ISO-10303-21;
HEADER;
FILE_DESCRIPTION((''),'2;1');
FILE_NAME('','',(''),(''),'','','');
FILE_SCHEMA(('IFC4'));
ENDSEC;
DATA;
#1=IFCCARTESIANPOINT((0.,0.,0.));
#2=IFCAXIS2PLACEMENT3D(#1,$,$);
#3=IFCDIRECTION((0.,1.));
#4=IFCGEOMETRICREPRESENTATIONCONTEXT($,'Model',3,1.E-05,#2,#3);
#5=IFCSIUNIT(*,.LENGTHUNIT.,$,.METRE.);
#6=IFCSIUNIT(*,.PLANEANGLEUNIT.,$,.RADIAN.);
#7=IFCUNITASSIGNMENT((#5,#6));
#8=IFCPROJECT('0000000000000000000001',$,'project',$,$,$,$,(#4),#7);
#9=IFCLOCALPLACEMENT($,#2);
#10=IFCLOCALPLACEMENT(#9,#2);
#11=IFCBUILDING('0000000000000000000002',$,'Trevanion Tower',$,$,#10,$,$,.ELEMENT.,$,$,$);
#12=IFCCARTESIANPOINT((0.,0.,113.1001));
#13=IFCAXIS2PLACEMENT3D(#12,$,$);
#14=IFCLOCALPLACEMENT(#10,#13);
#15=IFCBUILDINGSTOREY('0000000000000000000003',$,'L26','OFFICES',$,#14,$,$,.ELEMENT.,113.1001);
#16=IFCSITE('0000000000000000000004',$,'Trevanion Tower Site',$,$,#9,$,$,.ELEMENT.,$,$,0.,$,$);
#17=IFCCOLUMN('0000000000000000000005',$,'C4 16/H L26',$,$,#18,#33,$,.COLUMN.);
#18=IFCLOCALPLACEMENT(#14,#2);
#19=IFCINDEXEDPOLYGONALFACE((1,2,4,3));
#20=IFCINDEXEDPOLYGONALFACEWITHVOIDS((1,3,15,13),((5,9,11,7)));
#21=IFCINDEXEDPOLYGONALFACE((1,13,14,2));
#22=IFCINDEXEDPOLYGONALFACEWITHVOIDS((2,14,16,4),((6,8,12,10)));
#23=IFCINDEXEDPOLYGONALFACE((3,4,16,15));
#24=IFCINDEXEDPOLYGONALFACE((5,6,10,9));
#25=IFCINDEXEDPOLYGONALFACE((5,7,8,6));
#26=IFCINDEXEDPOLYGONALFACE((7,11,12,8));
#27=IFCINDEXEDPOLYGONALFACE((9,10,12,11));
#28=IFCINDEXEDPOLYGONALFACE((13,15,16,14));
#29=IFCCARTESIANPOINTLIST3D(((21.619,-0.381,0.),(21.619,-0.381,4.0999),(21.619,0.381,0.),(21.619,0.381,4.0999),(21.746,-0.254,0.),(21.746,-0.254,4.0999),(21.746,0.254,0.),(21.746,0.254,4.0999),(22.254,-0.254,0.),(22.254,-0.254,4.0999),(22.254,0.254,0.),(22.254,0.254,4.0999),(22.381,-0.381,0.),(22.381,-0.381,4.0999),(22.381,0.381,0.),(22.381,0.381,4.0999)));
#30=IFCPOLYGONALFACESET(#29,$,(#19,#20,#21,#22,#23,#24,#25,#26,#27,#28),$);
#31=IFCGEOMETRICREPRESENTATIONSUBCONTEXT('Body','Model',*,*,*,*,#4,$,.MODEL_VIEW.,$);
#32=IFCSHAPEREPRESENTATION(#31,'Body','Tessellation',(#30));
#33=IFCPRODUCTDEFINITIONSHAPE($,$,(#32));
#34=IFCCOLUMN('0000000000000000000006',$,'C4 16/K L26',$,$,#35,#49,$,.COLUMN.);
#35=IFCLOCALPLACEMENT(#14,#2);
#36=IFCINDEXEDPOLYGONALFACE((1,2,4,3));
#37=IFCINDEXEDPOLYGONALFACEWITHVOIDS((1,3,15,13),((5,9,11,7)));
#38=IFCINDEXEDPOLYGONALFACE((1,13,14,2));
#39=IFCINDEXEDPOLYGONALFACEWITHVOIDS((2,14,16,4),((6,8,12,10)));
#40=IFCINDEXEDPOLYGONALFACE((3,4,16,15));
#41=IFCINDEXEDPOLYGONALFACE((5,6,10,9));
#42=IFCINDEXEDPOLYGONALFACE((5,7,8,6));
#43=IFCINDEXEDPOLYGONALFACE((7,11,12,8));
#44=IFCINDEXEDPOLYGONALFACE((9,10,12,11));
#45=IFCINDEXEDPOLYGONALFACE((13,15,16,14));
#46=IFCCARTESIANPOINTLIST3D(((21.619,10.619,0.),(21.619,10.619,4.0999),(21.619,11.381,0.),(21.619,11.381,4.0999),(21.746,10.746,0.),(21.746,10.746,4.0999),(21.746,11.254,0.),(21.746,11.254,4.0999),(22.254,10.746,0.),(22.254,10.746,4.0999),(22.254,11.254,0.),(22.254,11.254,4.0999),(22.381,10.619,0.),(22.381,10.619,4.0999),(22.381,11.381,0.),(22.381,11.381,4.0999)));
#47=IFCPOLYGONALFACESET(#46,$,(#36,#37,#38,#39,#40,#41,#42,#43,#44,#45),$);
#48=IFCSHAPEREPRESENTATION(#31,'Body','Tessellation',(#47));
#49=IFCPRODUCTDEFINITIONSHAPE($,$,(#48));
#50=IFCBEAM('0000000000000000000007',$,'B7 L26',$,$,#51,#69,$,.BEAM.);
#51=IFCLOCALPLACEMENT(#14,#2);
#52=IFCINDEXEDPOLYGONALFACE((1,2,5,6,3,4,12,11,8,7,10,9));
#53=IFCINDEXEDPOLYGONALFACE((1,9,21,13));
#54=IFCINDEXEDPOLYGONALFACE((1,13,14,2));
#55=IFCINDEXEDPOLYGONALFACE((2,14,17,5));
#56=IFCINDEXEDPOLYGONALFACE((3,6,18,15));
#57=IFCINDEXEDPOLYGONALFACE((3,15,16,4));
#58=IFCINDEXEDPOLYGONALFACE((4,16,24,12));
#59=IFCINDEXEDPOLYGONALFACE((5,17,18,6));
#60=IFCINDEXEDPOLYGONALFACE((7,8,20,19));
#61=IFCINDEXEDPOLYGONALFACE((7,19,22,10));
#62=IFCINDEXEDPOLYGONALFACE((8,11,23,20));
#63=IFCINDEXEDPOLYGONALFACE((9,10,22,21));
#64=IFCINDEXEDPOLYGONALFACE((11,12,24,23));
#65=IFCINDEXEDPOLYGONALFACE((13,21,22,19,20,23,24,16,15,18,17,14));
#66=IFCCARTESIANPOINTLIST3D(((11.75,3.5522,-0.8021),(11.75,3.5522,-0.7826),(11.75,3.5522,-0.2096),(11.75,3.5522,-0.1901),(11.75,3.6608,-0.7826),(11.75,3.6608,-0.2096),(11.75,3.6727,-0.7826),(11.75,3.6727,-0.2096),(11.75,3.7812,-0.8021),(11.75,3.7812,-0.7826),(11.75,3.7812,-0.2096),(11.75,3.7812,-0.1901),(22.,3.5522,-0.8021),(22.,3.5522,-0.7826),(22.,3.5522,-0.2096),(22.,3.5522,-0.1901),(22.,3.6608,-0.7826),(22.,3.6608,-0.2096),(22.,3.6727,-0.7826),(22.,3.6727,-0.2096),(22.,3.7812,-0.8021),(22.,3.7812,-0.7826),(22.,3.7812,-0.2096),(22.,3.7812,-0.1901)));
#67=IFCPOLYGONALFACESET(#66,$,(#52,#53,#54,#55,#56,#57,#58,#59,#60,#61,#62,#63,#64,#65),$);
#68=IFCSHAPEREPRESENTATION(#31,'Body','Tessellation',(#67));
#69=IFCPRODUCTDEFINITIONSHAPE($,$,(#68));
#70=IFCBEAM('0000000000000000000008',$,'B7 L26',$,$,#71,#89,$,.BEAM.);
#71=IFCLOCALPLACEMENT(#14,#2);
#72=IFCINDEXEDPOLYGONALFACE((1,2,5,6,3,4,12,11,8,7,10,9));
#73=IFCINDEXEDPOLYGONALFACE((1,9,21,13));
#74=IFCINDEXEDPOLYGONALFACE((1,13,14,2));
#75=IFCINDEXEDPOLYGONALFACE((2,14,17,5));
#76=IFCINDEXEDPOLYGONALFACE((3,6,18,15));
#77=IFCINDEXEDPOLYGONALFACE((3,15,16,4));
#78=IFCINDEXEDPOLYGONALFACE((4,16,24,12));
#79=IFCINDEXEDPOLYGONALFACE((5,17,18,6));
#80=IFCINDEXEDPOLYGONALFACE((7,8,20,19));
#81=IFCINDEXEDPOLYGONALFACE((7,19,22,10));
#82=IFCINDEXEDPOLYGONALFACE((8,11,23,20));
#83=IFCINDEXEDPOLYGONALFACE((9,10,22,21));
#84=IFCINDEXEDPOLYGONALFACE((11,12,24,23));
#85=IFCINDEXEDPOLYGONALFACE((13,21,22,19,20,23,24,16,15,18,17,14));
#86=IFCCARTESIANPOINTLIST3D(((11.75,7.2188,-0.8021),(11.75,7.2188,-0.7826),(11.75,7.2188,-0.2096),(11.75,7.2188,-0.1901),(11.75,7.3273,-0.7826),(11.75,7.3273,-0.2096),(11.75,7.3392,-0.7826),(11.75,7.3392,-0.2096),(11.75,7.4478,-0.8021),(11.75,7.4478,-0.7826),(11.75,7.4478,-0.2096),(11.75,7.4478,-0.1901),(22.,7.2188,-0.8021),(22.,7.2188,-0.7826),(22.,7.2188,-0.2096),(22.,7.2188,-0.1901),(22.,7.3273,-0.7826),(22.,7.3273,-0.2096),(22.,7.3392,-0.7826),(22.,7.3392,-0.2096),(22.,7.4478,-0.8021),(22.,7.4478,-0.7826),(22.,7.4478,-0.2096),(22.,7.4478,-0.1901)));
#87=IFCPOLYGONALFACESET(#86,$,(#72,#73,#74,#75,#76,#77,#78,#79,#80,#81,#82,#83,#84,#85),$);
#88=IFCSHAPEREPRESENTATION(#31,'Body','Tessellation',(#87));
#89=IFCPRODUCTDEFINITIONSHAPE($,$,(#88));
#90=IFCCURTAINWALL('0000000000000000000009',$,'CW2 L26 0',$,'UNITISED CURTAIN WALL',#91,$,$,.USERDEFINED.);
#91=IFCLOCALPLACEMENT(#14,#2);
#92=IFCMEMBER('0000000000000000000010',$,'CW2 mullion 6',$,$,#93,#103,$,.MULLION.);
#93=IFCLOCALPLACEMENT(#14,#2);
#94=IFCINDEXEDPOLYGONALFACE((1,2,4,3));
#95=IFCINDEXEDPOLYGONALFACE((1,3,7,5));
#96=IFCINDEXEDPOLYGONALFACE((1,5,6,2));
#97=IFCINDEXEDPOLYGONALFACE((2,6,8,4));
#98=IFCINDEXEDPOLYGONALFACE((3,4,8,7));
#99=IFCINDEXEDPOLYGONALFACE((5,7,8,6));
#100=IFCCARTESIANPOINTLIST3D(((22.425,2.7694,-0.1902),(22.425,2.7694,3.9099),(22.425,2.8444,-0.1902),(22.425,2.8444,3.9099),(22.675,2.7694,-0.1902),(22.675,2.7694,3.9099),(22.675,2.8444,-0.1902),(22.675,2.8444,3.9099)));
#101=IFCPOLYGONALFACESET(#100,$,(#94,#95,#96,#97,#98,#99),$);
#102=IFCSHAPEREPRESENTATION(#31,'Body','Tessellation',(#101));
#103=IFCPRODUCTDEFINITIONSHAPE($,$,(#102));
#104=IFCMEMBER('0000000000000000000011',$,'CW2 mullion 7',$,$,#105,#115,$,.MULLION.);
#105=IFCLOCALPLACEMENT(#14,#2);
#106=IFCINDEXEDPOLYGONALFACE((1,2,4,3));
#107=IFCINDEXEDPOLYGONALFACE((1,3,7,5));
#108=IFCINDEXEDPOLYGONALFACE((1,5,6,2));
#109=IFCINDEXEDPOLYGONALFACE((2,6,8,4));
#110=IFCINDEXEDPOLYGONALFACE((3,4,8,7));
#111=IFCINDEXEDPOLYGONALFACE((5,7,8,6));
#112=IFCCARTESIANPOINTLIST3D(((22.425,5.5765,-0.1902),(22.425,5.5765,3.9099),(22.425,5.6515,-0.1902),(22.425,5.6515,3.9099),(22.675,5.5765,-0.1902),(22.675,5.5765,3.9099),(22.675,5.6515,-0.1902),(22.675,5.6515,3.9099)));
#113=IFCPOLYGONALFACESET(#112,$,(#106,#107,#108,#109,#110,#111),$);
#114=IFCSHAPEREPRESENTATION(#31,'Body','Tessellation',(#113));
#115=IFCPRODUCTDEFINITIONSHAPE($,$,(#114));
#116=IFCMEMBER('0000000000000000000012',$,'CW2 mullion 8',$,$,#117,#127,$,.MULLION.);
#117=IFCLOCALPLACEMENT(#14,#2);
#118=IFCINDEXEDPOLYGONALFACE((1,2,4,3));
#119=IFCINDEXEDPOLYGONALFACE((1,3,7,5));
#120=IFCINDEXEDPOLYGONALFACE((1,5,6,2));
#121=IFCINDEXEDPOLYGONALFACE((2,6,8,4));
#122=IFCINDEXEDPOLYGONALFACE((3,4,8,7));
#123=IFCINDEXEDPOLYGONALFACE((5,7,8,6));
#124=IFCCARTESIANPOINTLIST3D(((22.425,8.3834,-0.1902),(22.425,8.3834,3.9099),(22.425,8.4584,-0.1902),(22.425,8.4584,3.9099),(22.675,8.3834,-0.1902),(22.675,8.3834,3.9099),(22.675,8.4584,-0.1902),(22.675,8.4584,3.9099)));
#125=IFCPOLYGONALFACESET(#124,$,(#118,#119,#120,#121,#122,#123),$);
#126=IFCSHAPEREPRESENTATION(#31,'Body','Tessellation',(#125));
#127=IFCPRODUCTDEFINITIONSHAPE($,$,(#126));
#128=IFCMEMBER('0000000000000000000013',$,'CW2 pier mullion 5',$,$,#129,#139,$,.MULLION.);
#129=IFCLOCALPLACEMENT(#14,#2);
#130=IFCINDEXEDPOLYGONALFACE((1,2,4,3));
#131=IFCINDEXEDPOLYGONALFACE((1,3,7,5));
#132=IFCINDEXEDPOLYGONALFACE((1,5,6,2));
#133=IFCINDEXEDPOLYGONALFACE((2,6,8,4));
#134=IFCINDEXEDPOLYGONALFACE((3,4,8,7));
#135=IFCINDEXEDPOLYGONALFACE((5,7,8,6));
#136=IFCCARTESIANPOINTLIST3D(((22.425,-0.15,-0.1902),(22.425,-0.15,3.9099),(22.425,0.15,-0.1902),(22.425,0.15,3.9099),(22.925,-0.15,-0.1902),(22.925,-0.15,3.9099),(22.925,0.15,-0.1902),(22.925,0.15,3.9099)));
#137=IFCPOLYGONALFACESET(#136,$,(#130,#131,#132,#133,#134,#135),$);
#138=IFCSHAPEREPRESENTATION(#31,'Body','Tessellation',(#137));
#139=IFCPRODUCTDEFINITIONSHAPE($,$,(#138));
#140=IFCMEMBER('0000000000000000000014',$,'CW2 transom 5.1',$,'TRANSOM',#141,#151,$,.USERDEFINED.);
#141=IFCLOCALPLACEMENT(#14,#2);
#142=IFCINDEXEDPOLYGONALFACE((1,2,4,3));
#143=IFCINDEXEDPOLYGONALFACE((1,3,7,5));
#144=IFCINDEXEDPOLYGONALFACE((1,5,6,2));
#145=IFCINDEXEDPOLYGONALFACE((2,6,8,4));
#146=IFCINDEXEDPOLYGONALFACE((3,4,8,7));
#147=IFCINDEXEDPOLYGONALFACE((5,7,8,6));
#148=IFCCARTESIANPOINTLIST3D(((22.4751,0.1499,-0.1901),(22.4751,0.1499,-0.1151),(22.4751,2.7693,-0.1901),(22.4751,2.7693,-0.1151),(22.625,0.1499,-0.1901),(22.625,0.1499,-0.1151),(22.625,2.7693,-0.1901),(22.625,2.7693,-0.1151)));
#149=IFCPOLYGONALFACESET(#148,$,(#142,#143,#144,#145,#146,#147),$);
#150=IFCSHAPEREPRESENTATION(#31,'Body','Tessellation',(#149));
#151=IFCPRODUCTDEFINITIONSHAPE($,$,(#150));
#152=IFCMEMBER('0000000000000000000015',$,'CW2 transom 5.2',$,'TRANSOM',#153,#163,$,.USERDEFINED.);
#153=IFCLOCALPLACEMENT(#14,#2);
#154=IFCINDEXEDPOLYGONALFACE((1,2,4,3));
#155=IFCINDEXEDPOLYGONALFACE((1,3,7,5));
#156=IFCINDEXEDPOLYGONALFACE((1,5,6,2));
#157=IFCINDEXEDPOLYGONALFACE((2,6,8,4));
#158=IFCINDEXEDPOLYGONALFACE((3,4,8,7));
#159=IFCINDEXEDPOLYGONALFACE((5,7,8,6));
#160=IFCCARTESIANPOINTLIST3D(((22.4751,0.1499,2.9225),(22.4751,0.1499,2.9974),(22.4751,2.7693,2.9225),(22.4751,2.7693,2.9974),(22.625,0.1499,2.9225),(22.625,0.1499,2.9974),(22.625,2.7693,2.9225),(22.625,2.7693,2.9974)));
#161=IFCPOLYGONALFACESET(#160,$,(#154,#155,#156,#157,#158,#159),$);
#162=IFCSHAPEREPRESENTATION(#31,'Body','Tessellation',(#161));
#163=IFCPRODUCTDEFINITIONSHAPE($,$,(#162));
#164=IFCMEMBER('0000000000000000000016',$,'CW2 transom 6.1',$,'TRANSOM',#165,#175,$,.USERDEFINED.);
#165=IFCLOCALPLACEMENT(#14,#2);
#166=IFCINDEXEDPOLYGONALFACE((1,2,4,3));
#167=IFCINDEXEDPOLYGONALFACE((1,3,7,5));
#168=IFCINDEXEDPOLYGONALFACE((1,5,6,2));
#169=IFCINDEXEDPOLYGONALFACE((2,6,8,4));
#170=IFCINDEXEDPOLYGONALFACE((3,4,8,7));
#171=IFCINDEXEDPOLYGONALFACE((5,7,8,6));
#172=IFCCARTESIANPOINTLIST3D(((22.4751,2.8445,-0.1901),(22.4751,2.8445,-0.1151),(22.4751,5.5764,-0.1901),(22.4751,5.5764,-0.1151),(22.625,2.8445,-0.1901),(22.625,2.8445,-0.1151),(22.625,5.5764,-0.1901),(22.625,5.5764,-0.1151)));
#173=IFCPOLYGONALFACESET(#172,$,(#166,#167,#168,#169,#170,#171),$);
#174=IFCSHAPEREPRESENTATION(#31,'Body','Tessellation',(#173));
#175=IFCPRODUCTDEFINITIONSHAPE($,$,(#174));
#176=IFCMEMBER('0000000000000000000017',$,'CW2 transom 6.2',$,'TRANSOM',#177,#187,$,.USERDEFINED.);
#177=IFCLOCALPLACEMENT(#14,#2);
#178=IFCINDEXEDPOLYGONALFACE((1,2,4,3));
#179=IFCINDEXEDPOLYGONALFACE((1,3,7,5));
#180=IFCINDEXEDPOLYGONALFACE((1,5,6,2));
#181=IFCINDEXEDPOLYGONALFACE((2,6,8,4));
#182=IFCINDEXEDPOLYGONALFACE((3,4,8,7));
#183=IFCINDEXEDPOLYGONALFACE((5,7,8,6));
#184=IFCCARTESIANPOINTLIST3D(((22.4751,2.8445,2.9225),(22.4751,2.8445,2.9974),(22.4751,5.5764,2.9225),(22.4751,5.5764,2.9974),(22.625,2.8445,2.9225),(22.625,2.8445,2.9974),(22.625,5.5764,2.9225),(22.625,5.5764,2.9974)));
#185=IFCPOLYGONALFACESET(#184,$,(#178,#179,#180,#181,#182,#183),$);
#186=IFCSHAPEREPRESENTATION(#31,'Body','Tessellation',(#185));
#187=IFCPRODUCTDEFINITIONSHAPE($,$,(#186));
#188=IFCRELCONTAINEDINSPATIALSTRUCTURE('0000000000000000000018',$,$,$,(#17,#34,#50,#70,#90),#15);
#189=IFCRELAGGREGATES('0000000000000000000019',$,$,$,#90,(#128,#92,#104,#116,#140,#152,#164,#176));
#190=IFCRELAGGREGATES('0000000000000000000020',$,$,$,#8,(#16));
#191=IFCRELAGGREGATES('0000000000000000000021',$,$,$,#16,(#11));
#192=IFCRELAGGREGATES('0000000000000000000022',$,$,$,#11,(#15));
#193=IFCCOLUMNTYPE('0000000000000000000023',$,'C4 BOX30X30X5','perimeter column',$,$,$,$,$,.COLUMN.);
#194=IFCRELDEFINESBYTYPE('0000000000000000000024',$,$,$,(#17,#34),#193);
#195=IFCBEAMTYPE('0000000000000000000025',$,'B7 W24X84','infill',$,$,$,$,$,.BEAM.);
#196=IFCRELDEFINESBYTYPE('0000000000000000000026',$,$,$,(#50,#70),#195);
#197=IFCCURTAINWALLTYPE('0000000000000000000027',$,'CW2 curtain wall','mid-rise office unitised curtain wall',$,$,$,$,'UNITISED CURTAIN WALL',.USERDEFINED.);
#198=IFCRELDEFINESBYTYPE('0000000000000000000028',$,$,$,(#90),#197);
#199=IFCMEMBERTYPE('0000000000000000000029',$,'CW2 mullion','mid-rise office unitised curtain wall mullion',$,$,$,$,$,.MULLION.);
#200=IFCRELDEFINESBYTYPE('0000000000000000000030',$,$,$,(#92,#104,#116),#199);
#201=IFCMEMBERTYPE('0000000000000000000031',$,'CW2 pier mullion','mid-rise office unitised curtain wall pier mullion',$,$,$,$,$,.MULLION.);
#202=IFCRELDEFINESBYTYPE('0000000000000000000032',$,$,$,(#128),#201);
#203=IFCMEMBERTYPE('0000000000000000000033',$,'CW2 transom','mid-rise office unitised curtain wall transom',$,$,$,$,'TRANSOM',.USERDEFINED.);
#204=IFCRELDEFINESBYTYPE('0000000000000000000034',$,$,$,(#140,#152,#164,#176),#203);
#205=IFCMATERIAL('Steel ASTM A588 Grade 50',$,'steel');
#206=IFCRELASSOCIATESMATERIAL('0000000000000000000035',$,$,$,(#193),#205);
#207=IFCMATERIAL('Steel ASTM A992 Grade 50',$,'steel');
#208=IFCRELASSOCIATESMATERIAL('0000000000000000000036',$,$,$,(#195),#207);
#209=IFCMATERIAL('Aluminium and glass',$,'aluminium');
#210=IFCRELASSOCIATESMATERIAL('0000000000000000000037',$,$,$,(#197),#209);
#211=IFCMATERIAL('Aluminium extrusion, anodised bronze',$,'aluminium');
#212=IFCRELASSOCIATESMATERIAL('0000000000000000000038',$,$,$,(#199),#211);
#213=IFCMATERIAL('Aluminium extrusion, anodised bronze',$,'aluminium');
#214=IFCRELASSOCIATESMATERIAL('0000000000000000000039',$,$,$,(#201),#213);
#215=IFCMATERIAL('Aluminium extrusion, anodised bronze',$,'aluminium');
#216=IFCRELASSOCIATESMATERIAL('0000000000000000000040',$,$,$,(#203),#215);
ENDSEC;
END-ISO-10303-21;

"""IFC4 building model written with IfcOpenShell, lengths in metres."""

from ifc_helpers import new_model, si_unit, direction, frame, origin, origin_2d, place, context, subcontext, project, spatial, rectangle, hollow_rectangle, i_section, extrude, material, material_profile, profile_set, type_object, element, aggregate, save


model = new_model("IFC4")

# Units and contexts
model_context = context("Model", 3, precision=1e-05, world=origin(), true_north=direction((0.0, 1.0)))
body_context = subcontext(model_context, "Body", "Model", "MODEL_VIEW")
ifc_project = project(units=[si_unit("LENGTHUNIT", "METRE"), si_unit("PLANEANGLEUNIT", "RADIAN")], contexts=[model_context])

# Site, building, storey
site_placement = place(None, origin())
site = spatial("IfcSite", under=ifc_project, at=site_placement, Name="Trevanion Tower Site", CompositionType="ELEMENT", RefElevation=0.0)
building_placement = place(site_placement, origin())
building = spatial("IfcBuilding", under=site, at=building_placement, Name="Trevanion Tower", CompositionType="ELEMENT")
storey_placement = place(building_placement, frame((0.0, 0.0, 113.1001)))
storey = spatial("IfcBuildingStorey", under=building, at=storey_placement, Name="L26", Description="OFFICES", CompositionType="ELEMENT", Elevation=113.1001)

# Columns
ifc_material_1 = material(Name="Steel ASTM A588 Grade 50", Category="steel")
ifc_material_profile_1 = material_profile(ifc_material_1, hollow_rectangle(XDim=0.762, YDim=0.762, WallThickness=0.127, at=origin_2d()), Name="BOX30X30X5")
ifc_profile_set_1 = profile_set([ifc_material_profile_1], Name="Steel ASTM A588 Grade 50")
column_type = type_object("IfcColumnType", Name="C4 BOX30X30X5", Description="perimeter column", PredefinedType="COLUMN", material=ifc_profile_set_1)
for number, where, z_axis, x_axis, name in (
    (1, (22.0, 0.0, 0.0), (0.0, 0.0, 1.0), (0.0, 1.0, 0.0), "C4 16/H L26"),
    (2, (22.0, 11.0, 0.0), (0.0, 0.0, 1.0), (0.0, 1.0, 0.0), "C4 16/K L26"),
):
    element("IfcColumn", number, at=place(storey_placement, frame(where, z_axis=z_axis, x_axis=x_axis)), inside=storey, type_object=column_type, Name=name, PredefinedType="COLUMN", context=body_context, shape_type="SweptSolid", body=[
        extrude(hollow_rectangle(XDim=0.762, YDim=0.762, WallThickness=0.127, at=origin_2d()), origin(), (0.0, 0.0, 1.0), 4.0999),
    ])

# Beams
ifc_material_2 = material(Name="Steel ASTM A992 Grade 50", Category="steel")
ifc_material_profile_2 = material_profile(ifc_material_2, i_section(OverallWidth=0.229, OverallDepth=0.6121, WebThickness=0.012, FlangeThickness=0.0195, at=origin_2d()), Name="W24X84")
ifc_profile_set_2 = profile_set([ifc_material_profile_2], Name="Steel ASTM A992 Grade 50")
beam_type_1 = type_object("IfcBeamType", Name="B7 W24X84", Description="infill", PredefinedType="BEAM", material=ifc_profile_set_2)
for number, where, z_axis, x_axis, name in (
    (3, (11.75, 3.6667, -0.4961), (1.0, 0.0, 0.0), (0.0, 1.0, 0.0), "B7 L26"),
    (4, (11.75, 7.3333, -0.4961), (1.0, 0.0, 0.0), (0.0, 1.0, 0.0), "B7 L26"),
):
    element("IfcBeam", number, at=place(storey_placement, frame(where, z_axis=z_axis, x_axis=x_axis)), inside=storey, type_object=beam_type_1, Name=name, PredefinedType="BEAM", context=body_context, shape_type="SweptSolid", body=[
        extrude(i_section(OverallWidth=0.229, OverallDepth=0.6121, WebThickness=0.012, FlangeThickness=0.0195, at=origin_2d()), origin(), (0.0, 0.0, 1.0), 10.25),
    ])

# Curtain wall, members
ifc_material_3 = material(Name="Aluminium and glass", Category="aluminium")
curtain_wall_type = type_object("IfcCurtainWallType", Name="CW2 curtain wall", Description="mid-rise office unitised curtain wall", ElementType="UNITISED CURTAIN WALL", PredefinedType="USERDEFINED", material=ifc_material_3)
curtain_wall_placement = place(storey_placement, origin())
curtain_wall = element("IfcCurtainWall", 5, at=curtain_wall_placement, inside=storey, type_object=curtain_wall_type, Name="CW2 L26 0", ObjectType="UNITISED CURTAIN WALL", PredefinedType="USERDEFINED")
ifc_material_4 = material(Name="Aluminium extrusion, anodised bronze", Category="aluminium")
ifc_material_profile_3 = material_profile(ifc_material_4, rectangle(XDim=0.075, YDim=0.25, at=origin_2d()), Name="CW2 mullion")
ifc_profile_set_3 = profile_set([ifc_material_profile_3], Name="Aluminium extrusion, anodised bronze")
member_type_1 = type_object("IfcMemberType", Name="CW2 mullion", Description="mid-rise office unitised curtain wall mullion", PredefinedType="MULLION", material=ifc_profile_set_3)
member_1_placement = place(storey_placement, frame((22.55, 2.8069, -0.1902), z_axis=(0.0, 0.0, 1.0), x_axis=(0.0, 1.0, 0.0)))
member_1 = element("IfcMember", 6, at=member_1_placement, type_object=member_type_1, Name="CW2 mullion 6", PredefinedType="MULLION", context=body_context, shape_type="SweptSolid", body=[
    extrude(rectangle(XDim=0.075, YDim=0.25, at=origin_2d()), origin(), (0.0, 0.0, 1.0), 4.1001),
])
member_2_placement = place(storey_placement, frame((22.55, 5.614, -0.1902), z_axis=(0.0, 0.0, 1.0), x_axis=(0.0, 1.0, 0.0)))
member_2 = element("IfcMember", 7, at=member_2_placement, type_object=member_type_1, Name="CW2 mullion 7", PredefinedType="MULLION", context=body_context, shape_type="SweptSolid", body=[
    extrude(rectangle(XDim=0.075, YDim=0.25, at=origin_2d()), origin(), (0.0, 0.0, 1.0), 4.1001),
])
member_3_placement = place(storey_placement, frame((22.55, 8.4209, -0.1902), z_axis=(0.0, 0.0, 1.0), x_axis=(0.0, 1.0, 0.0)))
member_3 = element("IfcMember", 8, at=member_3_placement, type_object=member_type_1, Name="CW2 mullion 8", PredefinedType="MULLION", context=body_context, shape_type="SweptSolid", body=[
    extrude(rectangle(XDim=0.075, YDim=0.25, at=origin_2d()), origin(), (0.0, 0.0, 1.0), 4.1001),
])
ifc_material_5 = material(Name="Aluminium extrusion, anodised bronze", Category="aluminium")
ifc_material_profile_4 = material_profile(ifc_material_5, rectangle(XDim=0.3, YDim=0.5, at=origin_2d()), Name="CW2 pier mullion")
ifc_profile_set_4 = profile_set([ifc_material_profile_4], Name="Aluminium extrusion, anodised bronze")
member_type_2 = type_object("IfcMemberType", Name="CW2 pier mullion", Description="mid-rise office unitised curtain wall pier mullion", PredefinedType="MULLION", material=ifc_profile_set_4)
member_4_placement = place(storey_placement, frame((22.675, 0.0, -0.1902), z_axis=(0.0, 0.0, 1.0), x_axis=(0.0, 1.0, 0.0)))
member_4 = element("IfcMember", 9, at=member_4_placement, type_object=member_type_2, Name="CW2 pier mullion 5", PredefinedType="MULLION", context=body_context, shape_type="SweptSolid", body=[
    extrude(rectangle(XDim=0.3, YDim=0.5, at=origin_2d()), origin(), (0.0, 0.0, 1.0), 4.1001),
])
ifc_material_6 = material(Name="Aluminium extrusion, anodised bronze", Category="aluminium")
ifc_material_profile_5 = material_profile(ifc_material_6, rectangle(XDim=0.1499, YDim=0.075, at=origin_2d()), Name="CW2 transom")
ifc_profile_set_5 = profile_set([ifc_material_profile_5], Name="Aluminium extrusion, anodised bronze")
member_type_3 = type_object("IfcMemberType", Name="CW2 transom", Description="mid-rise office unitised curtain wall transom", ElementType="TRANSOM", PredefinedType="USERDEFINED", material=ifc_profile_set_5)
member_5_placement = place(storey_placement, frame((22.55, 0.1499, -0.1526), z_axis=(0.0, 1.0, 0.0), x_axis=(-1.0, 0.0, 0.0)))
member_5 = element("IfcMember", 10, at=member_5_placement, type_object=member_type_3, Name="CW2 transom 5.1", ObjectType="TRANSOM", PredefinedType="USERDEFINED", context=body_context, shape_type="SweptSolid", body=[
    extrude(rectangle(XDim=0.1499, YDim=0.075, at=origin_2d()), origin(), (0.0, 0.0, 1.0), 2.6194),
])
member_6_placement = place(storey_placement, frame((22.55, 0.1499, 2.96), z_axis=(0.0, 1.0, 0.0), x_axis=(-1.0, 0.0, 0.0)))
member_6 = element("IfcMember", 11, at=member_6_placement, type_object=member_type_3, Name="CW2 transom 5.2", ObjectType="TRANSOM", PredefinedType="USERDEFINED", context=body_context, shape_type="SweptSolid", body=[
    extrude(rectangle(XDim=0.1499, YDim=0.075, at=origin_2d()), origin(), (0.0, 0.0, 1.0), 2.6194),
])
member_7_placement = place(storey_placement, frame((22.55, 2.8445, -0.1526), z_axis=(0.0, 1.0, 0.0), x_axis=(-1.0, 0.0, 0.0)))
member_7 = element("IfcMember", 12, at=member_7_placement, type_object=member_type_3, Name="CW2 transom 6.1", ObjectType="TRANSOM", PredefinedType="USERDEFINED", context=body_context, shape_type="SweptSolid", body=[
    extrude(rectangle(XDim=0.1499, YDim=0.075, at=origin_2d()), origin(), (0.0, 0.0, 1.0), 2.7319),
])
member_8_placement = place(storey_placement, frame((22.55, 2.8445, 2.96), z_axis=(0.0, 1.0, 0.0), x_axis=(-1.0, 0.0, 0.0)))
member_8 = element("IfcMember", 13, at=member_8_placement, type_object=member_type_3, Name="CW2 transom 6.2", ObjectType="TRANSOM", PredefinedType="USERDEFINED", context=body_context, shape_type="SweptSolid", body=[
    extrude(rectangle(XDim=0.1499, YDim=0.075, at=origin_2d()), origin(), (0.0, 0.0, 1.0), 2.7319),
])

aggregate(curtain_wall, [member_4, member_1, member_2, member_3, member_5, member_6, member_7, member_8])

save(model, "model.ifc")
